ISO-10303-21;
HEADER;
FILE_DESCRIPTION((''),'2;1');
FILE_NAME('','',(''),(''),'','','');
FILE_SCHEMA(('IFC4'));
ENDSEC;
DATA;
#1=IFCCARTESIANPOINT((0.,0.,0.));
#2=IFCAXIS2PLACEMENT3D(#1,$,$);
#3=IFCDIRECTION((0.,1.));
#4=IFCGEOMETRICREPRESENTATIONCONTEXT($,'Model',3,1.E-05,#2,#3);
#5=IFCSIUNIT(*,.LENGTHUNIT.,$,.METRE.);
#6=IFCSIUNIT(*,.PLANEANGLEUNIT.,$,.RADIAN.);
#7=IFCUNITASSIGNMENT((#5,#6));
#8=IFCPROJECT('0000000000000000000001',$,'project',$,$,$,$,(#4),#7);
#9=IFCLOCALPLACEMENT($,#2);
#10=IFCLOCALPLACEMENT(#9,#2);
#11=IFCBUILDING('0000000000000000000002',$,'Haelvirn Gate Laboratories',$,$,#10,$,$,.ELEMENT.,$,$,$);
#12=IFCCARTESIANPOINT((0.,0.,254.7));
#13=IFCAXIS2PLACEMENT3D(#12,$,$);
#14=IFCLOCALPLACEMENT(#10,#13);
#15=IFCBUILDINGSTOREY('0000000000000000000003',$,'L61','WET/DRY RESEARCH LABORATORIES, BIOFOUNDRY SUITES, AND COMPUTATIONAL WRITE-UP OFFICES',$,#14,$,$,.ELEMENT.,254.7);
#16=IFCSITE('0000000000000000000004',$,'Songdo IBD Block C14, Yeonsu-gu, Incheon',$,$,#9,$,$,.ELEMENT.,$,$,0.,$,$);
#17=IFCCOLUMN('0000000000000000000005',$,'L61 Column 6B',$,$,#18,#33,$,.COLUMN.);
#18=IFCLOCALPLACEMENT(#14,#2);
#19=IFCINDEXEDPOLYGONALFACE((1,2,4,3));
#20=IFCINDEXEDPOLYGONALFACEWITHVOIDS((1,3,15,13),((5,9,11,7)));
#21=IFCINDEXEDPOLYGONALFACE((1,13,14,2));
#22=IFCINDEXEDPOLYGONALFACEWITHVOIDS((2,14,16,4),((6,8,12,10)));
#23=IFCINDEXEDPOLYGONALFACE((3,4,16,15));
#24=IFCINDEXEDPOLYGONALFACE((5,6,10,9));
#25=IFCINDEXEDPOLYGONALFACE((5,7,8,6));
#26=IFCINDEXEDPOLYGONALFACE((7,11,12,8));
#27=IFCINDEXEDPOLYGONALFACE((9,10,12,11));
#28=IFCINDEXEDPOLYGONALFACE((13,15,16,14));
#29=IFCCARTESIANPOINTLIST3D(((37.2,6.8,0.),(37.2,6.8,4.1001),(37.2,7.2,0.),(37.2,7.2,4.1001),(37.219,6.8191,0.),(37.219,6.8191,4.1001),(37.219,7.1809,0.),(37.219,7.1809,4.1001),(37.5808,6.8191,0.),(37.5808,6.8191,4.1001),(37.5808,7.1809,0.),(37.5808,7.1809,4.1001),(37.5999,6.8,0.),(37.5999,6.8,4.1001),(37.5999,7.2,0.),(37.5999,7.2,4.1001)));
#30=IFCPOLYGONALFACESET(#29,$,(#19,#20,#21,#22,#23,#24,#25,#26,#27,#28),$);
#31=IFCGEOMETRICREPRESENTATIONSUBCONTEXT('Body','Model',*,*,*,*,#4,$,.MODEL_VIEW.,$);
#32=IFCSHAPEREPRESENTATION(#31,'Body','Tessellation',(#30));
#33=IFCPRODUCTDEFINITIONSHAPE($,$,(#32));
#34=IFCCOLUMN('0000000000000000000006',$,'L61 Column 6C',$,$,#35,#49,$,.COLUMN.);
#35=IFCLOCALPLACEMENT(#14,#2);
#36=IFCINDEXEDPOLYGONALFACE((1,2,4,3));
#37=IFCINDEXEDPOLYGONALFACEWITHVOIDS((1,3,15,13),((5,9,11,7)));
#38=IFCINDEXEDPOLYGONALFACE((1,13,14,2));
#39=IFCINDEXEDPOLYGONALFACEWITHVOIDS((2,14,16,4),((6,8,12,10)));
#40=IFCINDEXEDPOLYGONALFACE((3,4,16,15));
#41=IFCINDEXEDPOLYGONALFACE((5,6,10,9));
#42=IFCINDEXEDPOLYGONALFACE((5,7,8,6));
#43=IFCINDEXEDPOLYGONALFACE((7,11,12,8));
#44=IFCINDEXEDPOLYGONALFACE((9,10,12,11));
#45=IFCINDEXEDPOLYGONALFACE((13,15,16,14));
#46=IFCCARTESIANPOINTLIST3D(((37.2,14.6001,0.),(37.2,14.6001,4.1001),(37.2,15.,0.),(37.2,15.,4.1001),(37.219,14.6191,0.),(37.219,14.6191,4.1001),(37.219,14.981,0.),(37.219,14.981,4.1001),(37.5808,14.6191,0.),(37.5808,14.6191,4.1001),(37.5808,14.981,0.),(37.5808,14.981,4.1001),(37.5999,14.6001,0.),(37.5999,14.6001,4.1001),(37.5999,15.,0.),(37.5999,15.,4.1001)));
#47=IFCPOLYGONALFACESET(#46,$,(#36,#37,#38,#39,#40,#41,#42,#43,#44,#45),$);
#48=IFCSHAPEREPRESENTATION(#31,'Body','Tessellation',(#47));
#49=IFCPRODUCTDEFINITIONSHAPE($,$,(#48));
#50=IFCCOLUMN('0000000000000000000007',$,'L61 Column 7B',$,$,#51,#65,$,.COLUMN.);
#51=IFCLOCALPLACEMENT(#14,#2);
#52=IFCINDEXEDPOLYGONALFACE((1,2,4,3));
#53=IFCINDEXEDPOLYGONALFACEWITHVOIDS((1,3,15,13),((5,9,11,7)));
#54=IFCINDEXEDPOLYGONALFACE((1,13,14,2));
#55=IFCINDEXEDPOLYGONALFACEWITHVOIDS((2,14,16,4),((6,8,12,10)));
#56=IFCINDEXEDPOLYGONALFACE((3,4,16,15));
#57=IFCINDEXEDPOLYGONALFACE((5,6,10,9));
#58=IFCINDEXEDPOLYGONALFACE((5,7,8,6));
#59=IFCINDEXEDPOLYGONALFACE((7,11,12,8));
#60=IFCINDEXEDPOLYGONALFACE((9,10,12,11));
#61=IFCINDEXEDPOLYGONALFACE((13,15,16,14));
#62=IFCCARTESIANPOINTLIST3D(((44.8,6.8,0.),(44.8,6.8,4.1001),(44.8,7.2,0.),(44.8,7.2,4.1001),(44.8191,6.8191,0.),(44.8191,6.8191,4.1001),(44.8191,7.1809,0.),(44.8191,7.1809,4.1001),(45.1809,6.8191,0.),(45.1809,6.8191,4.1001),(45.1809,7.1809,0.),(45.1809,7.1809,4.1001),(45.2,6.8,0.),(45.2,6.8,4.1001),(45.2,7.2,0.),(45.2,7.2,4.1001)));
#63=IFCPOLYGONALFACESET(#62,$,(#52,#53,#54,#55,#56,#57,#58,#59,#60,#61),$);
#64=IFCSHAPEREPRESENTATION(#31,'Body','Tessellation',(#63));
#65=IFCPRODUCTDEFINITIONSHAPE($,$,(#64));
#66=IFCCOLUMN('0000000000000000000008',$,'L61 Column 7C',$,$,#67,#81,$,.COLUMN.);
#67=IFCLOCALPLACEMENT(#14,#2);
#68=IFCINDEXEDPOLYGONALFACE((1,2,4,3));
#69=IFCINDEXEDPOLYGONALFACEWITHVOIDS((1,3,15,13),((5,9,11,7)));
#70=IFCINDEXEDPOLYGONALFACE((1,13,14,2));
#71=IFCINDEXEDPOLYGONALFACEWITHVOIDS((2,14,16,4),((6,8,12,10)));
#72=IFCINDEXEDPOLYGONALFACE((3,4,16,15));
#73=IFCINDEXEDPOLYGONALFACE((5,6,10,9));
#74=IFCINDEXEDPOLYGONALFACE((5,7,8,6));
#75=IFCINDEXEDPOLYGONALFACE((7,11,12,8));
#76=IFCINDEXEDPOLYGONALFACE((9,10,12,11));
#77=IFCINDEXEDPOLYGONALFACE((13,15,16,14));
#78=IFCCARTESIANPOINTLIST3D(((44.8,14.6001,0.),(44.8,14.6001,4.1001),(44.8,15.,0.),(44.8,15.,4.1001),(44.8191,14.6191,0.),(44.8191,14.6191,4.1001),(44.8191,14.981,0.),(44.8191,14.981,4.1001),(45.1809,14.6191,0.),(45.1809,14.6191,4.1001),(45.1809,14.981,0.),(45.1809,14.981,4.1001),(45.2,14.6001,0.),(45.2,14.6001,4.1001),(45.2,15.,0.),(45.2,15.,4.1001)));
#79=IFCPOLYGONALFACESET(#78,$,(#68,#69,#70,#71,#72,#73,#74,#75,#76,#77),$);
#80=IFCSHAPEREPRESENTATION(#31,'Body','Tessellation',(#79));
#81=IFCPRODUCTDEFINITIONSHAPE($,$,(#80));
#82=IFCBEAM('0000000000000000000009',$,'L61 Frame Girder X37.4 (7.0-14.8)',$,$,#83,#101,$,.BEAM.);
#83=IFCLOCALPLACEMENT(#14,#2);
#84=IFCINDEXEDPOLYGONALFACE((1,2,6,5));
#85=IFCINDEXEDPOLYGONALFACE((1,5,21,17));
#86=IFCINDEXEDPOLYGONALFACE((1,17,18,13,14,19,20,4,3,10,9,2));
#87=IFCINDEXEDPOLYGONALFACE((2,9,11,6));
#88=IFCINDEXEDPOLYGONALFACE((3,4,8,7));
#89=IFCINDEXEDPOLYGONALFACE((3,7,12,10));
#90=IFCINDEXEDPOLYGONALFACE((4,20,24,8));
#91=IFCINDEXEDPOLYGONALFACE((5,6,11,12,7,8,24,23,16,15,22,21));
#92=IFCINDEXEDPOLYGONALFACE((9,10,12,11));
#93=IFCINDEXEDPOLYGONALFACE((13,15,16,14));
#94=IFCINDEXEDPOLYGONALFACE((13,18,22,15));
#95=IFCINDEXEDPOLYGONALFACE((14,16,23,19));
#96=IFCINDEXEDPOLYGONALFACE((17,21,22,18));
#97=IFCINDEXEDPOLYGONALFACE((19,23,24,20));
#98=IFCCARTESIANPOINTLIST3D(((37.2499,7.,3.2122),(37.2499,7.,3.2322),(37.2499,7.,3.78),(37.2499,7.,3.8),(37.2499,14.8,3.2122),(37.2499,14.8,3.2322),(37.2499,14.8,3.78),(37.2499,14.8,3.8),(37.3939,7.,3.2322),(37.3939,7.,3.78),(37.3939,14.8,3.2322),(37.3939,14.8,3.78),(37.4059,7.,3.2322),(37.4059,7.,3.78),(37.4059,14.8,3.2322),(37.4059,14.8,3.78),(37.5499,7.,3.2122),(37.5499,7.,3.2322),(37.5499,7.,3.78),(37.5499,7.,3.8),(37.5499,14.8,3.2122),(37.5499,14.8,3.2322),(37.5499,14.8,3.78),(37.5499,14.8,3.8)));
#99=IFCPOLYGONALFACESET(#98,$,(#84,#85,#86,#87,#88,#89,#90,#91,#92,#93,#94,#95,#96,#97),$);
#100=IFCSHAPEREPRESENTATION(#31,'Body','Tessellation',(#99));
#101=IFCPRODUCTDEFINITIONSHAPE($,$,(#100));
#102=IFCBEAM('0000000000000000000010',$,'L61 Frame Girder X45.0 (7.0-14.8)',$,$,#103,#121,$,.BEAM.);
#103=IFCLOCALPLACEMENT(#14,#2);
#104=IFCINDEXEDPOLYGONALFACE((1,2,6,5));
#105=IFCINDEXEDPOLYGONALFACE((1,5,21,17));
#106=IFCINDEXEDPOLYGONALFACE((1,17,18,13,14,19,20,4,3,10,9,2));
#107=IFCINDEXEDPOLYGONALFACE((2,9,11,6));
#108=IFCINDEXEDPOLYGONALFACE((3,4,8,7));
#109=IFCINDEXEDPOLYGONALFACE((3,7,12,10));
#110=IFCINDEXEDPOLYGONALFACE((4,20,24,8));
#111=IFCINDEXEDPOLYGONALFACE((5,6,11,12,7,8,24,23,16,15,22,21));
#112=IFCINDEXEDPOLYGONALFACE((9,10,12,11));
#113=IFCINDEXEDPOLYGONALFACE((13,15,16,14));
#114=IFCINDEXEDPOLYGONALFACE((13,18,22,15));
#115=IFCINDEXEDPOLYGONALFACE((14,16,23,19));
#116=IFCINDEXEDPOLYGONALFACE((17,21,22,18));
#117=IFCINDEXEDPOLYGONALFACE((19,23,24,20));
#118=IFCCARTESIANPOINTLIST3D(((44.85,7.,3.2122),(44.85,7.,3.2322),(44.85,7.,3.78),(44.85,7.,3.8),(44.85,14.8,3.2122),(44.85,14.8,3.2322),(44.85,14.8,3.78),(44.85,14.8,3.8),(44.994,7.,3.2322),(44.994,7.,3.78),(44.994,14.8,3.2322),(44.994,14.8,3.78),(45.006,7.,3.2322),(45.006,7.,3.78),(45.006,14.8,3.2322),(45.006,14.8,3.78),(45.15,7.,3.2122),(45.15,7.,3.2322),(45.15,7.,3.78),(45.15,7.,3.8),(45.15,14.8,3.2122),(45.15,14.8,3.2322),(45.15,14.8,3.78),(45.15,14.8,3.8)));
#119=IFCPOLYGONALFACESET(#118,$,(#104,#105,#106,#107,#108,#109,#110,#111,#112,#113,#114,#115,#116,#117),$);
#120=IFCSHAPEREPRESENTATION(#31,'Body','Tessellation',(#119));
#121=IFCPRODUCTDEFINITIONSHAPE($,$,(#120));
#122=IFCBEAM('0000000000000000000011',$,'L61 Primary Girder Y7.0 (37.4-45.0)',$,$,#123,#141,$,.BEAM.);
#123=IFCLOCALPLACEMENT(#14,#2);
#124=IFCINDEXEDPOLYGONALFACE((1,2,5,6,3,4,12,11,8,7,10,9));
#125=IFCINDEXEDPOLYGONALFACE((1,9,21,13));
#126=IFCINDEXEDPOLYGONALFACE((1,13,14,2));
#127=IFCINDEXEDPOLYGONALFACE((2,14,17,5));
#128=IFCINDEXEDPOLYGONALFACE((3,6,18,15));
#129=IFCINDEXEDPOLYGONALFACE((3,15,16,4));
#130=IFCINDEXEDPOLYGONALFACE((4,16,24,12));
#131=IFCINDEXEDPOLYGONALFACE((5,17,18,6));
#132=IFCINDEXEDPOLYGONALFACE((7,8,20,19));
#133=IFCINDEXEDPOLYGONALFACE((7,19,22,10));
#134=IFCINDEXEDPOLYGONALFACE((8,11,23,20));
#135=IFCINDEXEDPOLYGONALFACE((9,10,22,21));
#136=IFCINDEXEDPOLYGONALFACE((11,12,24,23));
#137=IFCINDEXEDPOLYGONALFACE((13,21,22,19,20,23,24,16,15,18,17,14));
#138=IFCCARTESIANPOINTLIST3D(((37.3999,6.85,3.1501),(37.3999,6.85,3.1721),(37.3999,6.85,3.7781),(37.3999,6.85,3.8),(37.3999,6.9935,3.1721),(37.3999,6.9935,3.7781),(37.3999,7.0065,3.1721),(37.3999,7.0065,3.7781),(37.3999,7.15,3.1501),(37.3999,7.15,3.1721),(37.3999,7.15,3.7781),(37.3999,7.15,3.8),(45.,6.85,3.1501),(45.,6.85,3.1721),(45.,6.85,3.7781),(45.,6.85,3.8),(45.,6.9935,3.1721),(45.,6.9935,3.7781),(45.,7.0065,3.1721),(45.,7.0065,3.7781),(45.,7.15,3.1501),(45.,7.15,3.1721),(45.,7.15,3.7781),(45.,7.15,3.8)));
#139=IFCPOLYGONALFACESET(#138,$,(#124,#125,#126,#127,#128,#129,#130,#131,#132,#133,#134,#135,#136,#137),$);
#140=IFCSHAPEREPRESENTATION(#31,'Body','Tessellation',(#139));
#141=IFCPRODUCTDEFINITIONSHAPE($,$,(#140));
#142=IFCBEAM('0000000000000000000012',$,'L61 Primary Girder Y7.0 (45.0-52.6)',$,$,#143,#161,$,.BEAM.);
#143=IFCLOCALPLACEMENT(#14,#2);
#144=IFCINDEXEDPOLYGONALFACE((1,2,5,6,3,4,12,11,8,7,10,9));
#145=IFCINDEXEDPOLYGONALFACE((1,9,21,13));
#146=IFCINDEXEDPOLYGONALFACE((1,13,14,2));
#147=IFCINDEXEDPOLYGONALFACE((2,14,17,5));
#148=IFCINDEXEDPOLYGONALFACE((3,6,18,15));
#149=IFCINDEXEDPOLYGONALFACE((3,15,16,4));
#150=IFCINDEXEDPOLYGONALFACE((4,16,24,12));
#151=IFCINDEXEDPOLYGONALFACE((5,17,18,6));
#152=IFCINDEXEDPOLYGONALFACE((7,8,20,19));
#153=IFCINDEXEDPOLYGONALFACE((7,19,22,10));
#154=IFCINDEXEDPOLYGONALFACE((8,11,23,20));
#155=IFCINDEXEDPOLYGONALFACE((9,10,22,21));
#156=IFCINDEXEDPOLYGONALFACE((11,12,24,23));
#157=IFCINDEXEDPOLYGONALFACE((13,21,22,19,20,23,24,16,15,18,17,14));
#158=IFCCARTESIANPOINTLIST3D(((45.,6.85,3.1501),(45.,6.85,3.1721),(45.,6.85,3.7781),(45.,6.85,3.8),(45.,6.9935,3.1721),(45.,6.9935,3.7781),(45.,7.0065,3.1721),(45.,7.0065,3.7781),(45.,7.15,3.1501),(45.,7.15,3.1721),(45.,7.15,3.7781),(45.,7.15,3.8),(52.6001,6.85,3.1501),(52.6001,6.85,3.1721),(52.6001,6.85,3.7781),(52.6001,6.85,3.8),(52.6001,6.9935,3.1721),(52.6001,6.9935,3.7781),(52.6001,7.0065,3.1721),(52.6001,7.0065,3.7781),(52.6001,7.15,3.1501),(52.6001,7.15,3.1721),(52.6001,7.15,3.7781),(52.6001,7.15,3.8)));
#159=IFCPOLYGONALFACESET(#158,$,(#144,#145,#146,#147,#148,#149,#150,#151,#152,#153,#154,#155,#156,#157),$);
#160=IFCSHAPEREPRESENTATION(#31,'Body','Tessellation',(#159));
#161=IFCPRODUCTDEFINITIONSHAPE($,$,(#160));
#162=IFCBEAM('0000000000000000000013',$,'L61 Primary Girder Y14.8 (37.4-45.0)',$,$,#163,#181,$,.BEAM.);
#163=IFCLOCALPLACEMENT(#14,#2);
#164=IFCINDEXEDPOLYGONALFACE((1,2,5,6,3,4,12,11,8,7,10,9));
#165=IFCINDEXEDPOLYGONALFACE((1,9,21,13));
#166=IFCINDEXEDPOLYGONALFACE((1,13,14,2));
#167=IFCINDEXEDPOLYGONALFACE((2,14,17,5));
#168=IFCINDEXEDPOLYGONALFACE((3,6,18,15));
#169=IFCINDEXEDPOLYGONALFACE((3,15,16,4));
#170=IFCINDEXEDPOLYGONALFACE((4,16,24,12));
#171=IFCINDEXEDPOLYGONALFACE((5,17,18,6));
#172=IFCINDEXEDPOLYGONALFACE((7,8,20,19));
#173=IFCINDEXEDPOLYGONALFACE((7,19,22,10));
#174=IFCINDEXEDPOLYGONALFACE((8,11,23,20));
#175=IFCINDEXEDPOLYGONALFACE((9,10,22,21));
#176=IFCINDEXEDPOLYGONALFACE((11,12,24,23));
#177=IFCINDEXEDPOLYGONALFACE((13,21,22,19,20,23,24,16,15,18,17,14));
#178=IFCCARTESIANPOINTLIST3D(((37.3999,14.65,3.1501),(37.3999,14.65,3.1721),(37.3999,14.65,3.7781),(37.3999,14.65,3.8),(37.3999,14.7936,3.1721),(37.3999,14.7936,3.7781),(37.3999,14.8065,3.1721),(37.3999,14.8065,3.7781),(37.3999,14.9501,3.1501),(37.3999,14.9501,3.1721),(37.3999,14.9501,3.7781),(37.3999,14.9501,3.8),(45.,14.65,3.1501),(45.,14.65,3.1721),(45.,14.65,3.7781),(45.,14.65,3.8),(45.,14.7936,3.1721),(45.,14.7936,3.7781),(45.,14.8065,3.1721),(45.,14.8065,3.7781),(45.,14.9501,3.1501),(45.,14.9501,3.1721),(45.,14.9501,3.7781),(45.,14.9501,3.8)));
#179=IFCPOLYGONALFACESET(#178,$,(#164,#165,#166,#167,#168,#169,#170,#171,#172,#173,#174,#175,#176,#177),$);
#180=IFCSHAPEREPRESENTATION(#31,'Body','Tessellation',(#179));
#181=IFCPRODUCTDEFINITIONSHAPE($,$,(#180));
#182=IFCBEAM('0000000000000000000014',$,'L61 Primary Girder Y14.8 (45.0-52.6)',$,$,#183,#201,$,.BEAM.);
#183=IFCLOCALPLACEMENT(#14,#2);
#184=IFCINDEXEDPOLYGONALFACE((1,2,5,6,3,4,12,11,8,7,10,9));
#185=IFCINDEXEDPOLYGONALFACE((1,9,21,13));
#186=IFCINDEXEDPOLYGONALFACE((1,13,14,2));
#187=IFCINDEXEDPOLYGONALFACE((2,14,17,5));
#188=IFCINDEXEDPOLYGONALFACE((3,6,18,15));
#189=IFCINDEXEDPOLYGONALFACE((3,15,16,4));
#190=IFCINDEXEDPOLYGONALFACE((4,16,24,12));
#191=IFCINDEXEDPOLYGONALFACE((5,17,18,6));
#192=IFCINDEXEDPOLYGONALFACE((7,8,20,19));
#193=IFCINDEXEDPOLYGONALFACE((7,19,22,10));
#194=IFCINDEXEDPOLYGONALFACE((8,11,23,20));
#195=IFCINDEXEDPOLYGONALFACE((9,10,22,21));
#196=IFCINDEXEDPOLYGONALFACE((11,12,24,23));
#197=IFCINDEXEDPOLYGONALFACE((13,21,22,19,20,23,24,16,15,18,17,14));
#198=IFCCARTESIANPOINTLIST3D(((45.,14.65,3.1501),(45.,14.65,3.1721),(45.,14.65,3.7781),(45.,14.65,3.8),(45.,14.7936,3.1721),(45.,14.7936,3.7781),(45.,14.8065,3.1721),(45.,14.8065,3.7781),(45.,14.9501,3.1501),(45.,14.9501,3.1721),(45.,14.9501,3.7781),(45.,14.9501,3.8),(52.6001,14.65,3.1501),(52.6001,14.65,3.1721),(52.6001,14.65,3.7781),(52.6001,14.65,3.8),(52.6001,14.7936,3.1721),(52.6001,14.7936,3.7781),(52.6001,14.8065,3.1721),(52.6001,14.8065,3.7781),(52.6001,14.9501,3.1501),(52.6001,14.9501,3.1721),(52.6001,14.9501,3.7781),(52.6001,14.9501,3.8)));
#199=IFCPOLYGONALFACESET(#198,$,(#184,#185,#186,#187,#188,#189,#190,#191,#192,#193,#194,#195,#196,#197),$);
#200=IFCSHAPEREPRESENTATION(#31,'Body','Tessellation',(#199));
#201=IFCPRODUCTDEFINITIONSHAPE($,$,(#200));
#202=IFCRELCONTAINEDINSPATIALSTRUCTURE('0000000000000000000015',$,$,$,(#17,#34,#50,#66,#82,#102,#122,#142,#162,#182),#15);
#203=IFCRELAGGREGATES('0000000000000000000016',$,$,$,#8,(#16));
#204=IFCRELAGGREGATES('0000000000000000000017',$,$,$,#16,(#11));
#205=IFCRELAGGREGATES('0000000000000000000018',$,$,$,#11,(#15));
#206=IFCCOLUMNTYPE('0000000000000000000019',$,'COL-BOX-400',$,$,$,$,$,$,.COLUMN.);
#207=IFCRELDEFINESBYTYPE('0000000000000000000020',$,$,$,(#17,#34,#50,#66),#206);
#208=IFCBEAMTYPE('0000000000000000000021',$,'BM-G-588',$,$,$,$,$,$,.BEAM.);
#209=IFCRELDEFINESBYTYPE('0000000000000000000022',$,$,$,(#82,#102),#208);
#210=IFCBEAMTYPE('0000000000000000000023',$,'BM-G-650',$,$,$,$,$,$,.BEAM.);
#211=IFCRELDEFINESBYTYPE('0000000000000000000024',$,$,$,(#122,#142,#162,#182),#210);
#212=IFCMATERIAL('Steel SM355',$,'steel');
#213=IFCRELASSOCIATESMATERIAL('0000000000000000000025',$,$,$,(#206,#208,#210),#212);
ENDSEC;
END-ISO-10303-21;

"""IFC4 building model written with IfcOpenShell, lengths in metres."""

from ifc_helpers import new_model, si_unit, direction, frame, origin, origin_2d, place, context, subcontext, project, spatial, hollow_rectangle, i_section, extrude, source, transform, mapped, material, material_profile, profile_set, type_object, type_shapes, element, save


model = new_model("IFC4")

# Units and contexts
model_context = context("Model", 3, precision=1e-05, world=origin(), true_north=direction((0.0, 1.0)))
body_context = subcontext(model_context, "Body", "Model", "MODEL_VIEW")
ifc_project = project(units=[si_unit("LENGTHUNIT", "METRE"), si_unit("PLANEANGLEUNIT", "RADIAN")], contexts=[model_context])

# Site, building, storey
site_placement = place(None, origin())
site = spatial("IfcSite", under=ifc_project, at=site_placement, Name="Songdo IBD Block C14, Yeonsu-gu, Incheon", CompositionType="ELEMENT", RefElevation=0.0)
building_placement = place(site_placement, origin())
building = spatial("IfcBuilding", under=site, at=building_placement, Name="Haelvirn Gate Laboratories", CompositionType="ELEMENT")
storey_placement = place(building_placement, frame((0.0, 0.0, 254.7)))
storey = spatial("IfcBuildingStorey", under=building, at=storey_placement, Name="L61", Description="WET/DRY RESEARCH LABORATORIES, BIOFOUNDRY SUITES, AND COMPUTATIONAL WRITE-UP OFFICES", CompositionType="ELEMENT", Elevation=254.7)

# Columns
ifc_material_1 = material(Name="Steel SM355", Category="steel")
ifc_material_profile_1 = material_profile(ifc_material_1, hollow_rectangle(XDim=0.3999, YDim=0.3999, WallThickness=0.019, at=origin_2d()), Name="BOX-400x400x19")
ifc_profile_set_1 = profile_set([ifc_material_profile_1], Name="Steel SM355")
column_type = type_object("IfcColumnType", Name="COL-BOX-400", PredefinedType="COLUMN", material=ifc_profile_set_1)
shared_shape_1 = source(origin(), body_context, "Body", "SweptSolid", [
    extrude(hollow_rectangle(XDim=0.3999, YDim=0.3999, WallThickness=0.019, at=origin_2d()), origin(), (0.0, 0.0, 1.0), 4.1001),
])
type_shapes(column_type, [shared_shape_1])
for number, where, z_axis, x_axis, name in (
    (1, (37.3999, 7.0, 0.0), (0.0, 0.0, 1.0), (1.0, 0.0, 0.0), "L61 Column 6B"),
    (2, (37.3999, 14.8, 0.0), (0.0, 0.0, 1.0), (1.0, 0.0, 0.0), "L61 Column 6C"),
    (3, (45.0, 7.0, 0.0), (0.0, 0.0, 1.0), (1.0, 0.0, 0.0), "L61 Column 7B"),
    (4, (45.0, 14.8, 0.0), (0.0, 0.0, 1.0), (1.0, 0.0, 0.0), "L61 Column 7C"),
):
    element("IfcColumn", number, at=place(storey_placement, frame(where, z_axis=z_axis, x_axis=x_axis)), inside=storey, type_object=column_type, Name=name, PredefinedType="COLUMN", context=body_context, shape_type="MappedRepresentation", body=[
        mapped(shared_shape_1, transform((0.0, 0.0, 0.0), scale=1.0)),
    ])

# Beams
ifc_material_profile_2 = material_profile(ifc_material_1, i_section(OverallWidth=0.3, OverallDepth=0.5879, WebThickness=0.012, FlangeThickness=0.02, at=origin_2d()), Name="H-588x300x12x20")
ifc_profile_set_2 = profile_set([ifc_material_profile_2], Name="Steel SM355")
beam_type_1 = type_object("IfcBeamType", Name="BM-G-588", PredefinedType="BEAM", material=ifc_profile_set_2)
shared_shape_2 = source(origin(), body_context, "Body", "SweptSolid", [
    extrude(i_section(OverallWidth=0.3, OverallDepth=0.5879, WebThickness=0.012, FlangeThickness=0.02, at=origin_2d()), origin(), (0.0, 0.0, 1.0), 7.8),
])
type_shapes(beam_type_1, [shared_shape_2])
for number, where, z_axis, x_axis, name in (
    (5, (37.3999, 7.0, 3.5061), (0.0, 1.0, 0.0), (-1.0, 0.0, 0.0), "L61 Frame Girder X37.4 (7.0-14.8)"),
    (6, (45.0, 7.0, 3.5061), (0.0, 1.0, 0.0), (-1.0, 0.0, 0.0), "L61 Frame Girder X45.0 (7.0-14.8)"),
):
    element("IfcBeam", number, at=place(storey_placement, frame(where, z_axis=z_axis, x_axis=x_axis)), inside=storey, type_object=beam_type_1, Name=name, PredefinedType="BEAM", context=body_context, shape_type="MappedRepresentation", body=[
        mapped(shared_shape_2, transform((0.0, 0.0, 0.0), scale=1.0)),
    ])
ifc_material_profile_3 = material_profile(ifc_material_1, i_section(OverallWidth=0.3, OverallDepth=0.6499, WebThickness=0.0129, FlangeThickness=0.022, at=origin_2d()), Name="H-650x300x13x22")
ifc_profile_set_3 = profile_set([ifc_material_profile_3], Name="Steel SM355")
beam_type_2 = type_object("IfcBeamType", Name="BM-G-650", PredefinedType="BEAM", material=ifc_profile_set_3)
shared_shape_3 = source(origin(), body_context, "Body", "SweptSolid", [
    extrude(i_section(OverallWidth=0.3, OverallDepth=0.6499, WebThickness=0.0129, FlangeThickness=0.022, at=origin_2d()), origin(), (0.0, 0.0, 1.0), 7.6001),
])
type_shapes(beam_type_2, [shared_shape_3])
for number, where, z_axis, x_axis, name in (
    (7, (37.3999, 7.0, 3.4751), (1.0, 0.0, 0.0), (0.0, 1.0, 0.0), "L61 Primary Girder Y7.0 (37.4-45.0)"),
    (8, (45.0, 7.0, 3.4751), (1.0, 0.0, 0.0), (0.0, 1.0, 0.0), "L61 Primary Girder Y7.0 (45.0-52.6)"),
    (9, (37.3999, 14.8, 3.4751), (1.0, 0.0, 0.0), (0.0, 1.0, 0.0), "L61 Primary Girder Y14.8 (37.4-45.0)"),
    (10, (45.0, 14.8, 3.4751), (1.0, 0.0, 0.0), (0.0, 1.0, 0.0), "L61 Primary Girder Y14.8 (45.0-52.6)"),
):
    element("IfcBeam", number, at=place(storey_placement, frame(where, z_axis=z_axis, x_axis=x_axis)), inside=storey, type_object=beam_type_2, Name=name, PredefinedType="BEAM", context=body_context, shape_type="MappedRepresentation", body=[
        mapped(shared_shape_3, transform((0.0, 0.0, 0.0), scale=1.0)),
    ])

save(model, "model.ifc")
